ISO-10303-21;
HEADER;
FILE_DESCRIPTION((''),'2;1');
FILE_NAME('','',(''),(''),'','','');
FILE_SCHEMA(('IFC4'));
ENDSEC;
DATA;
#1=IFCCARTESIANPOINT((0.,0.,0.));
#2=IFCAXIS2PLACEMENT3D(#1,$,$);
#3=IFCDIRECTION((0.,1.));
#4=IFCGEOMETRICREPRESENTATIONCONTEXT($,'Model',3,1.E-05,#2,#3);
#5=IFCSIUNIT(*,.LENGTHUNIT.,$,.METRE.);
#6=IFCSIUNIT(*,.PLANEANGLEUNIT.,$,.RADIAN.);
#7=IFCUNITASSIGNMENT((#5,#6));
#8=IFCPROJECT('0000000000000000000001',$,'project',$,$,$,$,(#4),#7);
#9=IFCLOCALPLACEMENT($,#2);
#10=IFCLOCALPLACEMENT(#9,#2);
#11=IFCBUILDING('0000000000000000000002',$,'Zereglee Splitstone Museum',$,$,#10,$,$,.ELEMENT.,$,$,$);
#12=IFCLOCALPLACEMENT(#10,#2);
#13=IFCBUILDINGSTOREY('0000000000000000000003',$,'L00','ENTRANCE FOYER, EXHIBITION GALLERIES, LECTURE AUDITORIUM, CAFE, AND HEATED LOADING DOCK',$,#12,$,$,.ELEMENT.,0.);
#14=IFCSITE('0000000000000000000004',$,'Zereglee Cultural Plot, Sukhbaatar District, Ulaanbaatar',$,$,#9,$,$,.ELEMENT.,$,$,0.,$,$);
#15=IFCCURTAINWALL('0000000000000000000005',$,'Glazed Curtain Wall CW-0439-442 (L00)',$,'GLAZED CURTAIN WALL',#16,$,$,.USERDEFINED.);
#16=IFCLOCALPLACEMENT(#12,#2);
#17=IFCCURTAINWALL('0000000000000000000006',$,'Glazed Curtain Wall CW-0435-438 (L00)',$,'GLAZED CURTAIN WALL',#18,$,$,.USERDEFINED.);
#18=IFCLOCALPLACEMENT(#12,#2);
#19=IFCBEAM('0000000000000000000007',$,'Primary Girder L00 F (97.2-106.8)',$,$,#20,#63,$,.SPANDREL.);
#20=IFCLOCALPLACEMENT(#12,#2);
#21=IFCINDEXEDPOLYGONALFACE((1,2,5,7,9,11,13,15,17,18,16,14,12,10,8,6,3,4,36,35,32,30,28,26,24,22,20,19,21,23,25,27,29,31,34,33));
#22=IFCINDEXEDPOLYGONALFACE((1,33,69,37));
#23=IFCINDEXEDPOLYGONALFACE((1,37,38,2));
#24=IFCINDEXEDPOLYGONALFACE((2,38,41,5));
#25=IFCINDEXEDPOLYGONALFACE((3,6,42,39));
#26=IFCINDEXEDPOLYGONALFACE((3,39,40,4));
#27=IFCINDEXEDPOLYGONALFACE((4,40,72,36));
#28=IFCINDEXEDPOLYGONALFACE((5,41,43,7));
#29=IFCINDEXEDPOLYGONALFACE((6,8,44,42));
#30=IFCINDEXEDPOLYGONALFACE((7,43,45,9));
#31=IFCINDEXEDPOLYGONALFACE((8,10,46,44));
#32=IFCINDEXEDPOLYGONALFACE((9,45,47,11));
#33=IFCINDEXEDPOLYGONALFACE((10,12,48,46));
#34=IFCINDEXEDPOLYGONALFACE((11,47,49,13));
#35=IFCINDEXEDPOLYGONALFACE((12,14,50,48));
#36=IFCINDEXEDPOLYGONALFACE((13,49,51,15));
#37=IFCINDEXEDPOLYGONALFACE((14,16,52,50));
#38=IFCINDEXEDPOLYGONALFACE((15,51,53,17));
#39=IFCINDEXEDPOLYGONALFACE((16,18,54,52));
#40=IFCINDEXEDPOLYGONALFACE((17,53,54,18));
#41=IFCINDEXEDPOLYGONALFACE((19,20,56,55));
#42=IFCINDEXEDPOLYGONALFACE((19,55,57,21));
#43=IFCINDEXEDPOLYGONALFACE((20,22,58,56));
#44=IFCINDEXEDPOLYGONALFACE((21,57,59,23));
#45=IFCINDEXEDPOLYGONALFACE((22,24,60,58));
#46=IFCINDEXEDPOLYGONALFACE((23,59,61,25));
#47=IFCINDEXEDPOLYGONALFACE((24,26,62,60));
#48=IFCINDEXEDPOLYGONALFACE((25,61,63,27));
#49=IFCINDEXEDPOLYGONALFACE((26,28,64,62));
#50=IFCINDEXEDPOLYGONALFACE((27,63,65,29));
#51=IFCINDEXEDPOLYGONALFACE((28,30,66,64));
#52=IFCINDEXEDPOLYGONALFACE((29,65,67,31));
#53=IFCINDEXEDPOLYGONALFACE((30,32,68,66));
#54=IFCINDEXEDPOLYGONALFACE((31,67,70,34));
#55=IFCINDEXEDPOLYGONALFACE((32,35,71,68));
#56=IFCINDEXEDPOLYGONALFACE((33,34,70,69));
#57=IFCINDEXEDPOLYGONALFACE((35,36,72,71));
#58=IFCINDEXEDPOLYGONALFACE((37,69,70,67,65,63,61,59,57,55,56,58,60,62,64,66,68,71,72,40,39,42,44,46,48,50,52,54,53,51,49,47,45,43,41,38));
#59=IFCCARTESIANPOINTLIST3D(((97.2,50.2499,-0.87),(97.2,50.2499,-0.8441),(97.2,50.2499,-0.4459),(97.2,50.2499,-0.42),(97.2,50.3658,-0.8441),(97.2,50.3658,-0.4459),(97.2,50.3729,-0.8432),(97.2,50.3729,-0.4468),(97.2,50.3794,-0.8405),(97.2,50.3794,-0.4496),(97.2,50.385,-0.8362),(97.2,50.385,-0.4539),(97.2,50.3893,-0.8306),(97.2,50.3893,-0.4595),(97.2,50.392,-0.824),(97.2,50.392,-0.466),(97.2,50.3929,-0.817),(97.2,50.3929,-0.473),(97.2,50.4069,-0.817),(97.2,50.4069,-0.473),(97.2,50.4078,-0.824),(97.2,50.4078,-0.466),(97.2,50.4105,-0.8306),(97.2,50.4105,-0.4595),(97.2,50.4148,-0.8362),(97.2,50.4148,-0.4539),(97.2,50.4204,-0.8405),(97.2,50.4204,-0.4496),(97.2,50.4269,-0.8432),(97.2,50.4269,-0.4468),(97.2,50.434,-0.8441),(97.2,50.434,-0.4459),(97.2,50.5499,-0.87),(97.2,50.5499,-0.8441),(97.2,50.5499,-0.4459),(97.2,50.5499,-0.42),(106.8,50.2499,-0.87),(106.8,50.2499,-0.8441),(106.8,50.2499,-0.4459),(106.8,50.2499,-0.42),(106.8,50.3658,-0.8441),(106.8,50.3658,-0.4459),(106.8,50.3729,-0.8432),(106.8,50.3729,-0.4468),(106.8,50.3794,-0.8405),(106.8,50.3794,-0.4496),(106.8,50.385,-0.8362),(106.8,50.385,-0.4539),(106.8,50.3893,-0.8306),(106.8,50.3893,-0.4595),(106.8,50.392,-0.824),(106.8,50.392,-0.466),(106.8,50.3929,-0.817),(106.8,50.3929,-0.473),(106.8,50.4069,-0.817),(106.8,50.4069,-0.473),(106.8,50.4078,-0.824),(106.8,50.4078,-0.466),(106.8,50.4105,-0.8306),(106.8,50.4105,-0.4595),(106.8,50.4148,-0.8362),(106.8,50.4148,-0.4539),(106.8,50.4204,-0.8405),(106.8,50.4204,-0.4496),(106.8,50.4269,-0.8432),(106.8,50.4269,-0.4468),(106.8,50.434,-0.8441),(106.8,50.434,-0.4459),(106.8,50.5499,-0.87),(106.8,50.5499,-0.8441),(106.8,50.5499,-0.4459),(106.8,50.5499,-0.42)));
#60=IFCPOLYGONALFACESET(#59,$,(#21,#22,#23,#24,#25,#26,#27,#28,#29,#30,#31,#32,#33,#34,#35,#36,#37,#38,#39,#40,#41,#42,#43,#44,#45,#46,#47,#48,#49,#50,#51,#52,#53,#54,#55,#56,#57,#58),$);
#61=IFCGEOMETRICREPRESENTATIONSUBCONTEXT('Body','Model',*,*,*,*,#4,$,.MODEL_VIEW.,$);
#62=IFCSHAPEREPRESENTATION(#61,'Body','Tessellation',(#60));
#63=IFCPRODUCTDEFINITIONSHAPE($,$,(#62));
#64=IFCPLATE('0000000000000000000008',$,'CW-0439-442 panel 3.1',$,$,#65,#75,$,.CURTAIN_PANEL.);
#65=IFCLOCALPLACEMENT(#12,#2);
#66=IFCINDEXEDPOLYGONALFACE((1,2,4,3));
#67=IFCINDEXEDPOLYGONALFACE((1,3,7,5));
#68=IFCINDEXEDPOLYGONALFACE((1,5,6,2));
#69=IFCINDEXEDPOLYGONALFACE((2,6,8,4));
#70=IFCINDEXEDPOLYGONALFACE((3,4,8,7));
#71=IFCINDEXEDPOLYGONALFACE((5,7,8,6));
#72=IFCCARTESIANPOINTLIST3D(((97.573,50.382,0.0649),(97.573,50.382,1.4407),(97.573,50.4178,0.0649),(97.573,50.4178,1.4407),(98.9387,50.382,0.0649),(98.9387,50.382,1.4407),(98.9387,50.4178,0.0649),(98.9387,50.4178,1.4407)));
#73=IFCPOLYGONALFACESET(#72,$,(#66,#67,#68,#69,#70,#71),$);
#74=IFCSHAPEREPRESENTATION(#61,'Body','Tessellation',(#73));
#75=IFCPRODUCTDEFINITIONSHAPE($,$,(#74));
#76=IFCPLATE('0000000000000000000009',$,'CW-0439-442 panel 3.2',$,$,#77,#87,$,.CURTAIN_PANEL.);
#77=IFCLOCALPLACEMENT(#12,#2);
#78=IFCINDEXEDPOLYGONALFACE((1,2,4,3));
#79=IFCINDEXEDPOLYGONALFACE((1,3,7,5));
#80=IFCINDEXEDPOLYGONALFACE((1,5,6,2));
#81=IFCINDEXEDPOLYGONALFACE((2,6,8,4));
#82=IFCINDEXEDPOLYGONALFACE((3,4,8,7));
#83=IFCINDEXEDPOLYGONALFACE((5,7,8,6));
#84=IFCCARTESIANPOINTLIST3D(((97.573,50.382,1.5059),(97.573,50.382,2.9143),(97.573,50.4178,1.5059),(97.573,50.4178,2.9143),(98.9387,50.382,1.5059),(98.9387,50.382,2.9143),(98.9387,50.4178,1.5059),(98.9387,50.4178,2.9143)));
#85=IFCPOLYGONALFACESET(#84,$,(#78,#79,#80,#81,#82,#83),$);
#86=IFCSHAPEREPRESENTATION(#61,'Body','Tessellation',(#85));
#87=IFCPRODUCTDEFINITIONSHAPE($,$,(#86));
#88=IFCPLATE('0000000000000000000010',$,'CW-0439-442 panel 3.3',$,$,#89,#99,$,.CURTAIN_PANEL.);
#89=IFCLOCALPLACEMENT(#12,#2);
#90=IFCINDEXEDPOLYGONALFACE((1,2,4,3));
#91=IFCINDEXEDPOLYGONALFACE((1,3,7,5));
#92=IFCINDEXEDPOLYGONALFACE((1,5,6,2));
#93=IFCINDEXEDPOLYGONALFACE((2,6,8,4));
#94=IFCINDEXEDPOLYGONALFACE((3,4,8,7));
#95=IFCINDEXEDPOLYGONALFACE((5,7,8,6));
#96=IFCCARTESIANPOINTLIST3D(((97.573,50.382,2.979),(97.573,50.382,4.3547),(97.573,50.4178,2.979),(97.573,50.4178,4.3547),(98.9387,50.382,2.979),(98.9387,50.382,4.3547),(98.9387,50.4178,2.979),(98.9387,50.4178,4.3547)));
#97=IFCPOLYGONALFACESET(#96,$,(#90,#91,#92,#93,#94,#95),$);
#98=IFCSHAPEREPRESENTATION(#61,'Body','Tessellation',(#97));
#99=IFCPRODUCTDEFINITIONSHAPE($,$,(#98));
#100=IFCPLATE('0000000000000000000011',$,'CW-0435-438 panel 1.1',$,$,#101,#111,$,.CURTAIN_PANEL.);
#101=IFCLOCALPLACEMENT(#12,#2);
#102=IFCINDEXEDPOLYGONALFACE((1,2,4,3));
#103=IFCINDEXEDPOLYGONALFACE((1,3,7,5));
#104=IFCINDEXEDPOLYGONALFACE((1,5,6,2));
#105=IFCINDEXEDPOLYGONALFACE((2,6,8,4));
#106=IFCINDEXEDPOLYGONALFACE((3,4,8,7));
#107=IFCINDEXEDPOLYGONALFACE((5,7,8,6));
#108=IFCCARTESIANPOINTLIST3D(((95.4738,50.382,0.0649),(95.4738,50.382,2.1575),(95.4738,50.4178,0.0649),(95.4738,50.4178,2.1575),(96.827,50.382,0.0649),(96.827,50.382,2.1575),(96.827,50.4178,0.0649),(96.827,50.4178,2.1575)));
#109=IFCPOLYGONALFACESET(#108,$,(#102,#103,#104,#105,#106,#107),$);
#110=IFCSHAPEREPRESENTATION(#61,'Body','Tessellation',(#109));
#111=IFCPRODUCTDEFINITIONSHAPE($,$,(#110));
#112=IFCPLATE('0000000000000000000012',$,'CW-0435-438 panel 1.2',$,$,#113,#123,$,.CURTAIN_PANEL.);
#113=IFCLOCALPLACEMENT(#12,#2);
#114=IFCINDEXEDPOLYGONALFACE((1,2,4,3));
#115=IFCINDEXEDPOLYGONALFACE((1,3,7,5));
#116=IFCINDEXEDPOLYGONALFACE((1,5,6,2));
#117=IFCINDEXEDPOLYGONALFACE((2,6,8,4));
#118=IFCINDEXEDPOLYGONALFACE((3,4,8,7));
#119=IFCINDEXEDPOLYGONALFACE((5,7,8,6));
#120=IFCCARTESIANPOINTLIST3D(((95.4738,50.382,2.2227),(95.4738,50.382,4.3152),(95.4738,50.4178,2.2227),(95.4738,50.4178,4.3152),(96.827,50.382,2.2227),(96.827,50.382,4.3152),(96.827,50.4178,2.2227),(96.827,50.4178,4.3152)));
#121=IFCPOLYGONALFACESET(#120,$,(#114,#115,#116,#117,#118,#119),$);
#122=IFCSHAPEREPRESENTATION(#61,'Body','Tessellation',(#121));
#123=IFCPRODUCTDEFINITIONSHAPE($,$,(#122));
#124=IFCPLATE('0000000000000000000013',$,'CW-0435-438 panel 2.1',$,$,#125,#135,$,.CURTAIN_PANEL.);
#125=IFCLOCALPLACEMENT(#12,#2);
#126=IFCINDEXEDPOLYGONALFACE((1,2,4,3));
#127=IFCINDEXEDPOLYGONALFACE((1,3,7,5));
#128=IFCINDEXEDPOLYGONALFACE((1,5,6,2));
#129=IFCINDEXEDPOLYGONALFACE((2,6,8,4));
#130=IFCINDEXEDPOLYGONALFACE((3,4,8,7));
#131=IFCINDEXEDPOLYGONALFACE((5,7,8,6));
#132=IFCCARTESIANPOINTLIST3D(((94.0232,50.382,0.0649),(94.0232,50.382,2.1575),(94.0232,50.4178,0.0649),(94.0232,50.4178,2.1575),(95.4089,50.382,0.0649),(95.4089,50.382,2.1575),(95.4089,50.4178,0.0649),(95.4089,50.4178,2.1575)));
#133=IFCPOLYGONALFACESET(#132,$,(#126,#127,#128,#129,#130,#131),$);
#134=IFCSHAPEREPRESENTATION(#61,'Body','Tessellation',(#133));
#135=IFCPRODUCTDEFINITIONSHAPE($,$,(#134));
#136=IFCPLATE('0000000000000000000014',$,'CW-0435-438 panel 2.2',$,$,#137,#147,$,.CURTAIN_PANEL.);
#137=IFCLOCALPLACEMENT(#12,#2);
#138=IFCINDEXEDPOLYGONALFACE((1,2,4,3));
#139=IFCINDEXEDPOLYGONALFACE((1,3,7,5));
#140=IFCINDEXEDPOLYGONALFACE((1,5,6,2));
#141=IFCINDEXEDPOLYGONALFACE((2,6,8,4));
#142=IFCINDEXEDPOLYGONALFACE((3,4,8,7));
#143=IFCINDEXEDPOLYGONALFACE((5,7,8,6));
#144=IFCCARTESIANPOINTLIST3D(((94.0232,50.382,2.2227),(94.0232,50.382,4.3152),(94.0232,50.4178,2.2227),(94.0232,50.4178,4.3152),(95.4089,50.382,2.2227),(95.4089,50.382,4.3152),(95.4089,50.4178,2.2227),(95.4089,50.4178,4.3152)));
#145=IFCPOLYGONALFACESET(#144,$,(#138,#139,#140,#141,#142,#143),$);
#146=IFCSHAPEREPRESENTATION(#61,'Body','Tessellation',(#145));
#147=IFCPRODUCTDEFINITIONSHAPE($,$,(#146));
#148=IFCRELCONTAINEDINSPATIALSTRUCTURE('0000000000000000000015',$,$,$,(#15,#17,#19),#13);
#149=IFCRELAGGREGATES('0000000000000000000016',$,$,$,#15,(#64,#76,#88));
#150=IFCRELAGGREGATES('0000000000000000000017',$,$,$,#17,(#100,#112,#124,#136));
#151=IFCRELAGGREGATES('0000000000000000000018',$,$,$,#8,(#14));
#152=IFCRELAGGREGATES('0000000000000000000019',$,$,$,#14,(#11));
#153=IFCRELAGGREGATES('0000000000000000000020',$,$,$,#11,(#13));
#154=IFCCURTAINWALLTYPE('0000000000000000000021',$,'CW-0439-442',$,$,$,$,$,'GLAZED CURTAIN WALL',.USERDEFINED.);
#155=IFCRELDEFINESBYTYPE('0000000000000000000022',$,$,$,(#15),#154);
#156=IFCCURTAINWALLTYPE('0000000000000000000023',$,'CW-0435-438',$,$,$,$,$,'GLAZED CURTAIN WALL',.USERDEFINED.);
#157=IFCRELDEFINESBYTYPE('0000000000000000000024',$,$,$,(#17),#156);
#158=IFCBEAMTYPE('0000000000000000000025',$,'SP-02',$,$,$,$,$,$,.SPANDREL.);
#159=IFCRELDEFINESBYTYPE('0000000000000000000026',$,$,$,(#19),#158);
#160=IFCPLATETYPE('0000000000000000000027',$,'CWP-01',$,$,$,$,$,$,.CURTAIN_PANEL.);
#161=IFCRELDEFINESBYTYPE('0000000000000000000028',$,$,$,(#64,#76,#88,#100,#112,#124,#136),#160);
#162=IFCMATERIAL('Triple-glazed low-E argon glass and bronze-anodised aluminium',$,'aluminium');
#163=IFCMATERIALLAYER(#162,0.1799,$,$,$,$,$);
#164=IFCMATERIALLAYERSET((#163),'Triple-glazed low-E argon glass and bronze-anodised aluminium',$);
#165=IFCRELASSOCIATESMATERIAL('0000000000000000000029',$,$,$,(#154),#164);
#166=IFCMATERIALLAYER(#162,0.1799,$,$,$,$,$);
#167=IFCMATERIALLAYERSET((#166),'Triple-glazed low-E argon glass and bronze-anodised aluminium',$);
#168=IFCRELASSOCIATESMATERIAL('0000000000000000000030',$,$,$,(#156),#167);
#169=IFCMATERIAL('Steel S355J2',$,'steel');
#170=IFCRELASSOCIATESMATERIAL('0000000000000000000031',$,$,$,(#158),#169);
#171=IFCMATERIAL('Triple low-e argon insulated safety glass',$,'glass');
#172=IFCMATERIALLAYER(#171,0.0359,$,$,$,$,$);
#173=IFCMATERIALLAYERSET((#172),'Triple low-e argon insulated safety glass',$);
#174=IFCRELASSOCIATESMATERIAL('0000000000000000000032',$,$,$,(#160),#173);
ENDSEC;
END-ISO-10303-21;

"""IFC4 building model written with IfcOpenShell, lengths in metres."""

from ifc_helpers import new_model, si_unit, direction, frame, origin, origin_2d, place, context, subcontext, project, spatial, rectangle, i_section, extrude, material, layer, layer_set, material_profile, profile_set, type_object, element, aggregate, save


model = new_model("IFC4")

# Units and contexts
model_context = context("Model", 3, precision=1e-05, world=origin(), true_north=direction((0.0, 1.0)))
body_context = subcontext(model_context, "Body", "Model", "MODEL_VIEW")
ifc_project = project(units=[si_unit("LENGTHUNIT", "METRE"), si_unit("PLANEANGLEUNIT", "RADIAN")], contexts=[model_context])

# Site, building, storey
site_placement = place(None, origin())
site = spatial("IfcSite", under=ifc_project, at=site_placement, Name="Zereglee Cultural Plot, Sukhbaatar District, Ulaanbaatar", CompositionType="ELEMENT", RefElevation=0.0)
building_placement = place(site_placement, origin())
building = spatial("IfcBuilding", under=site, at=building_placement, Name="Zereglee Splitstone Museum", CompositionType="ELEMENT")
storey_placement = place(building_placement, origin())
storey = spatial("IfcBuildingStorey", under=building, at=storey_placement, Name="L00", Description="ENTRANCE FOYER, EXHIBITION GALLERIES, LECTURE AUDITORIUM, CAFE, AND HEATED LOADING DOCK", CompositionType="ELEMENT", Elevation=0.0)

# Curtain wall
ifc_material_1 = material(Name="Triple-glazed low-E argon glass and bronze-anodised aluminium", Category="aluminium")
ifc_layer_1 = layer(ifc_material_1, 0.1799)
ifc_layer_set_1 = layer_set([ifc_layer_1], Name="Triple-glazed low-E argon glass and bronze-anodised aluminium")
curtain_wall_type_1 = type_object("IfcCurtainWallType", Name="CW-0439-442", ElementType="GLAZED CURTAIN WALL", PredefinedType="USERDEFINED", material=ifc_layer_set_1)
curtain_wall_1_placement = place(storey_placement, origin())
curtain_wall_1 = element("IfcCurtainWall", 1, at=curtain_wall_1_placement, inside=storey, type_object=curtain_wall_type_1, Name="Glazed Curtain Wall CW-0439-442 (L00)", ObjectType="GLAZED CURTAIN WALL", PredefinedType="USERDEFINED")

# Curtain wall
ifc_layer_2 = layer(ifc_material_1, 0.1799)
ifc_layer_set_2 = layer_set([ifc_layer_2], Name="Triple-glazed low-E argon glass and bronze-anodised aluminium")
curtain_wall_type_2 = type_object("IfcCurtainWallType", Name="CW-0435-438", ElementType="GLAZED CURTAIN WALL", PredefinedType="USERDEFINED", material=ifc_layer_set_2)
curtain_wall_2_placement = place(storey_placement, origin())
curtain_wall_2 = element("IfcCurtainWall", 2, at=curtain_wall_2_placement, inside=storey, type_object=curtain_wall_type_2, Name="Glazed Curtain Wall CW-0435-438 (L00)", ObjectType="GLAZED CURTAIN WALL", PredefinedType="USERDEFINED")

# Beam
ifc_material_2 = material(Name="Steel S355J2", Category="steel")
ifc_material_profile_1 = material_profile(ifc_material_2, i_section(OverallWidth=0.3, OverallDepth=0.45, WebThickness=0.0139, FlangeThickness=0.0259, FilletRadius=0.0271, at=origin_2d()), Name="HE 450 B")
ifc_profile_set_1 = profile_set([ifc_material_profile_1], Name="Steel S355J2")
beam_type = type_object("IfcBeamType", Name="SP-02", PredefinedType="SPANDREL", material=ifc_profile_set_1)
beam_placement = place(storey_placement, frame((97.2, 50.3999, -0.645), z_axis=(1.0, 0.0, 0.0), x_axis=(0.0, 1.0, 0.0)))
element("IfcBeam", 3, at=beam_placement, inside=storey, type_object=beam_type, Name="Primary Girder L00 F (97.2-106.8)", PredefinedType="SPANDREL", context=body_context, shape_type="SweptSolid", body=[
    extrude(i_section(OverallWidth=0.3, OverallDepth=0.45, WebThickness=0.0139, FlangeThickness=0.0259, FilletRadius=0.0271, at=origin_2d()), origin(), (0.0, 0.0, 1.0), 9.6001),
])

# Plates
ifc_material_3 = material(Name="Triple low-e argon insulated safety glass", Category="glass")
ifc_layer_3 = layer(ifc_material_3, 0.0359)
ifc_layer_set_3 = layer_set([ifc_layer_3], Name="Triple low-e argon insulated safety glass")
plate_type = type_object("IfcPlateType", Name="CWP-01", PredefinedType="CURTAIN_PANEL", material=ifc_layer_set_3)
plate_1_placement = place(storey_placement, frame((98.2559, 50.3999, 0.0649), z_axis=(0.0, 0.0, 1.0), x_axis=(-1.0, 0.0, 0.0)))
plate_1 = element("IfcPlate", 4, at=plate_1_placement, type_object=plate_type, Name="CW-0439-442 panel 3.1", PredefinedType="CURTAIN_PANEL", context=body_context, shape_type="SweptSolid", body=[
    extrude(rectangle(XDim=1.3657, YDim=0.0359, at=origin_2d()), origin(), (0.0, 0.0, 1.0), 1.3757),
])
plate_2_placement = place(storey_placement, frame((98.2559, 50.3999, 1.5059), z_axis=(0.0, 0.0, 1.0), x_axis=(-1.0, 0.0, 0.0)))
plate_2 = element("IfcPlate", 5, at=plate_2_placement, type_object=plate_type, Name="CW-0439-442 panel 3.2", PredefinedType="CURTAIN_PANEL", context=body_context, shape_type="SweptSolid", body=[
    extrude(rectangle(XDim=1.3657, YDim=0.0359, at=origin_2d()), origin(), (0.0, 0.0, 1.0), 1.4084),
])
plate_3_placement = place(storey_placement, frame((98.2559, 50.3999, 2.979), z_axis=(0.0, 0.0, 1.0), x_axis=(-1.0, 0.0, 0.0)))
plate_3 = element("IfcPlate", 6, at=plate_3_placement, type_object=plate_type, Name="CW-0439-442 panel 3.3", PredefinedType="CURTAIN_PANEL", context=body_context, shape_type="SweptSolid", body=[
    extrude(rectangle(XDim=1.3657, YDim=0.0359, at=origin_2d()), origin(), (0.0, 0.0, 1.0), 1.3757),
])
aggregate(curtain_wall_1, [plate_1, plate_2, plate_3])
plate_4_placement = place(storey_placement, frame((96.1504, 50.3999, 0.0649), z_axis=(0.0, 0.0, 1.0), x_axis=(-1.0, 0.0, 0.0)))
plate_4 = element("IfcPlate", 7, at=plate_4_placement, type_object=plate_type, Name="CW-0435-438 panel 1.1", PredefinedType="CURTAIN_PANEL", context=body_context, shape_type="SweptSolid", body=[
    extrude(rectangle(XDim=1.3533, YDim=0.0359, at=origin_2d()), origin(), (0.0, 0.0, 1.0), 2.0925),
])
plate_5_placement = place(storey_placement, frame((96.1504, 50.3999, 2.2227), z_axis=(0.0, 0.0, 1.0), x_axis=(-1.0, 0.0, 0.0)))
plate_5 = element("IfcPlate", 8, at=plate_5_placement, type_object=plate_type, Name="CW-0435-438 panel 1.2", PredefinedType="CURTAIN_PANEL", context=body_context, shape_type="SweptSolid", body=[
    extrude(rectangle(XDim=1.3533, YDim=0.0359, at=origin_2d()), origin(), (0.0, 0.0, 1.0), 2.0925),
])
plate_6_placement = place(storey_placement, frame((94.7161, 50.3999, 0.0649), z_axis=(0.0, 0.0, 1.0), x_axis=(-1.0, 0.0, 0.0)))
plate_6 = element("IfcPlate", 9, at=plate_6_placement, type_object=plate_type, Name="CW-0435-438 panel 2.1", PredefinedType="CURTAIN_PANEL", context=body_context, shape_type="SweptSolid", body=[
    extrude(rectangle(XDim=1.3857, YDim=0.0359, at=origin_2d()), origin(), (0.0, 0.0, 1.0), 2.0925),
])
plate_7_placement = place(storey_placement, frame((94.7161, 50.3999, 2.2227), z_axis=(0.0, 0.0, 1.0), x_axis=(-1.0, 0.0, 0.0)))
plate_7 = element("IfcPlate", 10, at=plate_7_placement, type_object=plate_type, Name="CW-0435-438 panel 2.2", PredefinedType="CURTAIN_PANEL", context=body_context, shape_type="SweptSolid", body=[
    extrude(rectangle(XDim=1.3857, YDim=0.0359, at=origin_2d()), origin(), (0.0, 0.0, 1.0), 2.0925),
])
aggregate(curtain_wall_2, [plate_4, plate_5, plate_6, plate_7])

save(model, "model.ifc")
